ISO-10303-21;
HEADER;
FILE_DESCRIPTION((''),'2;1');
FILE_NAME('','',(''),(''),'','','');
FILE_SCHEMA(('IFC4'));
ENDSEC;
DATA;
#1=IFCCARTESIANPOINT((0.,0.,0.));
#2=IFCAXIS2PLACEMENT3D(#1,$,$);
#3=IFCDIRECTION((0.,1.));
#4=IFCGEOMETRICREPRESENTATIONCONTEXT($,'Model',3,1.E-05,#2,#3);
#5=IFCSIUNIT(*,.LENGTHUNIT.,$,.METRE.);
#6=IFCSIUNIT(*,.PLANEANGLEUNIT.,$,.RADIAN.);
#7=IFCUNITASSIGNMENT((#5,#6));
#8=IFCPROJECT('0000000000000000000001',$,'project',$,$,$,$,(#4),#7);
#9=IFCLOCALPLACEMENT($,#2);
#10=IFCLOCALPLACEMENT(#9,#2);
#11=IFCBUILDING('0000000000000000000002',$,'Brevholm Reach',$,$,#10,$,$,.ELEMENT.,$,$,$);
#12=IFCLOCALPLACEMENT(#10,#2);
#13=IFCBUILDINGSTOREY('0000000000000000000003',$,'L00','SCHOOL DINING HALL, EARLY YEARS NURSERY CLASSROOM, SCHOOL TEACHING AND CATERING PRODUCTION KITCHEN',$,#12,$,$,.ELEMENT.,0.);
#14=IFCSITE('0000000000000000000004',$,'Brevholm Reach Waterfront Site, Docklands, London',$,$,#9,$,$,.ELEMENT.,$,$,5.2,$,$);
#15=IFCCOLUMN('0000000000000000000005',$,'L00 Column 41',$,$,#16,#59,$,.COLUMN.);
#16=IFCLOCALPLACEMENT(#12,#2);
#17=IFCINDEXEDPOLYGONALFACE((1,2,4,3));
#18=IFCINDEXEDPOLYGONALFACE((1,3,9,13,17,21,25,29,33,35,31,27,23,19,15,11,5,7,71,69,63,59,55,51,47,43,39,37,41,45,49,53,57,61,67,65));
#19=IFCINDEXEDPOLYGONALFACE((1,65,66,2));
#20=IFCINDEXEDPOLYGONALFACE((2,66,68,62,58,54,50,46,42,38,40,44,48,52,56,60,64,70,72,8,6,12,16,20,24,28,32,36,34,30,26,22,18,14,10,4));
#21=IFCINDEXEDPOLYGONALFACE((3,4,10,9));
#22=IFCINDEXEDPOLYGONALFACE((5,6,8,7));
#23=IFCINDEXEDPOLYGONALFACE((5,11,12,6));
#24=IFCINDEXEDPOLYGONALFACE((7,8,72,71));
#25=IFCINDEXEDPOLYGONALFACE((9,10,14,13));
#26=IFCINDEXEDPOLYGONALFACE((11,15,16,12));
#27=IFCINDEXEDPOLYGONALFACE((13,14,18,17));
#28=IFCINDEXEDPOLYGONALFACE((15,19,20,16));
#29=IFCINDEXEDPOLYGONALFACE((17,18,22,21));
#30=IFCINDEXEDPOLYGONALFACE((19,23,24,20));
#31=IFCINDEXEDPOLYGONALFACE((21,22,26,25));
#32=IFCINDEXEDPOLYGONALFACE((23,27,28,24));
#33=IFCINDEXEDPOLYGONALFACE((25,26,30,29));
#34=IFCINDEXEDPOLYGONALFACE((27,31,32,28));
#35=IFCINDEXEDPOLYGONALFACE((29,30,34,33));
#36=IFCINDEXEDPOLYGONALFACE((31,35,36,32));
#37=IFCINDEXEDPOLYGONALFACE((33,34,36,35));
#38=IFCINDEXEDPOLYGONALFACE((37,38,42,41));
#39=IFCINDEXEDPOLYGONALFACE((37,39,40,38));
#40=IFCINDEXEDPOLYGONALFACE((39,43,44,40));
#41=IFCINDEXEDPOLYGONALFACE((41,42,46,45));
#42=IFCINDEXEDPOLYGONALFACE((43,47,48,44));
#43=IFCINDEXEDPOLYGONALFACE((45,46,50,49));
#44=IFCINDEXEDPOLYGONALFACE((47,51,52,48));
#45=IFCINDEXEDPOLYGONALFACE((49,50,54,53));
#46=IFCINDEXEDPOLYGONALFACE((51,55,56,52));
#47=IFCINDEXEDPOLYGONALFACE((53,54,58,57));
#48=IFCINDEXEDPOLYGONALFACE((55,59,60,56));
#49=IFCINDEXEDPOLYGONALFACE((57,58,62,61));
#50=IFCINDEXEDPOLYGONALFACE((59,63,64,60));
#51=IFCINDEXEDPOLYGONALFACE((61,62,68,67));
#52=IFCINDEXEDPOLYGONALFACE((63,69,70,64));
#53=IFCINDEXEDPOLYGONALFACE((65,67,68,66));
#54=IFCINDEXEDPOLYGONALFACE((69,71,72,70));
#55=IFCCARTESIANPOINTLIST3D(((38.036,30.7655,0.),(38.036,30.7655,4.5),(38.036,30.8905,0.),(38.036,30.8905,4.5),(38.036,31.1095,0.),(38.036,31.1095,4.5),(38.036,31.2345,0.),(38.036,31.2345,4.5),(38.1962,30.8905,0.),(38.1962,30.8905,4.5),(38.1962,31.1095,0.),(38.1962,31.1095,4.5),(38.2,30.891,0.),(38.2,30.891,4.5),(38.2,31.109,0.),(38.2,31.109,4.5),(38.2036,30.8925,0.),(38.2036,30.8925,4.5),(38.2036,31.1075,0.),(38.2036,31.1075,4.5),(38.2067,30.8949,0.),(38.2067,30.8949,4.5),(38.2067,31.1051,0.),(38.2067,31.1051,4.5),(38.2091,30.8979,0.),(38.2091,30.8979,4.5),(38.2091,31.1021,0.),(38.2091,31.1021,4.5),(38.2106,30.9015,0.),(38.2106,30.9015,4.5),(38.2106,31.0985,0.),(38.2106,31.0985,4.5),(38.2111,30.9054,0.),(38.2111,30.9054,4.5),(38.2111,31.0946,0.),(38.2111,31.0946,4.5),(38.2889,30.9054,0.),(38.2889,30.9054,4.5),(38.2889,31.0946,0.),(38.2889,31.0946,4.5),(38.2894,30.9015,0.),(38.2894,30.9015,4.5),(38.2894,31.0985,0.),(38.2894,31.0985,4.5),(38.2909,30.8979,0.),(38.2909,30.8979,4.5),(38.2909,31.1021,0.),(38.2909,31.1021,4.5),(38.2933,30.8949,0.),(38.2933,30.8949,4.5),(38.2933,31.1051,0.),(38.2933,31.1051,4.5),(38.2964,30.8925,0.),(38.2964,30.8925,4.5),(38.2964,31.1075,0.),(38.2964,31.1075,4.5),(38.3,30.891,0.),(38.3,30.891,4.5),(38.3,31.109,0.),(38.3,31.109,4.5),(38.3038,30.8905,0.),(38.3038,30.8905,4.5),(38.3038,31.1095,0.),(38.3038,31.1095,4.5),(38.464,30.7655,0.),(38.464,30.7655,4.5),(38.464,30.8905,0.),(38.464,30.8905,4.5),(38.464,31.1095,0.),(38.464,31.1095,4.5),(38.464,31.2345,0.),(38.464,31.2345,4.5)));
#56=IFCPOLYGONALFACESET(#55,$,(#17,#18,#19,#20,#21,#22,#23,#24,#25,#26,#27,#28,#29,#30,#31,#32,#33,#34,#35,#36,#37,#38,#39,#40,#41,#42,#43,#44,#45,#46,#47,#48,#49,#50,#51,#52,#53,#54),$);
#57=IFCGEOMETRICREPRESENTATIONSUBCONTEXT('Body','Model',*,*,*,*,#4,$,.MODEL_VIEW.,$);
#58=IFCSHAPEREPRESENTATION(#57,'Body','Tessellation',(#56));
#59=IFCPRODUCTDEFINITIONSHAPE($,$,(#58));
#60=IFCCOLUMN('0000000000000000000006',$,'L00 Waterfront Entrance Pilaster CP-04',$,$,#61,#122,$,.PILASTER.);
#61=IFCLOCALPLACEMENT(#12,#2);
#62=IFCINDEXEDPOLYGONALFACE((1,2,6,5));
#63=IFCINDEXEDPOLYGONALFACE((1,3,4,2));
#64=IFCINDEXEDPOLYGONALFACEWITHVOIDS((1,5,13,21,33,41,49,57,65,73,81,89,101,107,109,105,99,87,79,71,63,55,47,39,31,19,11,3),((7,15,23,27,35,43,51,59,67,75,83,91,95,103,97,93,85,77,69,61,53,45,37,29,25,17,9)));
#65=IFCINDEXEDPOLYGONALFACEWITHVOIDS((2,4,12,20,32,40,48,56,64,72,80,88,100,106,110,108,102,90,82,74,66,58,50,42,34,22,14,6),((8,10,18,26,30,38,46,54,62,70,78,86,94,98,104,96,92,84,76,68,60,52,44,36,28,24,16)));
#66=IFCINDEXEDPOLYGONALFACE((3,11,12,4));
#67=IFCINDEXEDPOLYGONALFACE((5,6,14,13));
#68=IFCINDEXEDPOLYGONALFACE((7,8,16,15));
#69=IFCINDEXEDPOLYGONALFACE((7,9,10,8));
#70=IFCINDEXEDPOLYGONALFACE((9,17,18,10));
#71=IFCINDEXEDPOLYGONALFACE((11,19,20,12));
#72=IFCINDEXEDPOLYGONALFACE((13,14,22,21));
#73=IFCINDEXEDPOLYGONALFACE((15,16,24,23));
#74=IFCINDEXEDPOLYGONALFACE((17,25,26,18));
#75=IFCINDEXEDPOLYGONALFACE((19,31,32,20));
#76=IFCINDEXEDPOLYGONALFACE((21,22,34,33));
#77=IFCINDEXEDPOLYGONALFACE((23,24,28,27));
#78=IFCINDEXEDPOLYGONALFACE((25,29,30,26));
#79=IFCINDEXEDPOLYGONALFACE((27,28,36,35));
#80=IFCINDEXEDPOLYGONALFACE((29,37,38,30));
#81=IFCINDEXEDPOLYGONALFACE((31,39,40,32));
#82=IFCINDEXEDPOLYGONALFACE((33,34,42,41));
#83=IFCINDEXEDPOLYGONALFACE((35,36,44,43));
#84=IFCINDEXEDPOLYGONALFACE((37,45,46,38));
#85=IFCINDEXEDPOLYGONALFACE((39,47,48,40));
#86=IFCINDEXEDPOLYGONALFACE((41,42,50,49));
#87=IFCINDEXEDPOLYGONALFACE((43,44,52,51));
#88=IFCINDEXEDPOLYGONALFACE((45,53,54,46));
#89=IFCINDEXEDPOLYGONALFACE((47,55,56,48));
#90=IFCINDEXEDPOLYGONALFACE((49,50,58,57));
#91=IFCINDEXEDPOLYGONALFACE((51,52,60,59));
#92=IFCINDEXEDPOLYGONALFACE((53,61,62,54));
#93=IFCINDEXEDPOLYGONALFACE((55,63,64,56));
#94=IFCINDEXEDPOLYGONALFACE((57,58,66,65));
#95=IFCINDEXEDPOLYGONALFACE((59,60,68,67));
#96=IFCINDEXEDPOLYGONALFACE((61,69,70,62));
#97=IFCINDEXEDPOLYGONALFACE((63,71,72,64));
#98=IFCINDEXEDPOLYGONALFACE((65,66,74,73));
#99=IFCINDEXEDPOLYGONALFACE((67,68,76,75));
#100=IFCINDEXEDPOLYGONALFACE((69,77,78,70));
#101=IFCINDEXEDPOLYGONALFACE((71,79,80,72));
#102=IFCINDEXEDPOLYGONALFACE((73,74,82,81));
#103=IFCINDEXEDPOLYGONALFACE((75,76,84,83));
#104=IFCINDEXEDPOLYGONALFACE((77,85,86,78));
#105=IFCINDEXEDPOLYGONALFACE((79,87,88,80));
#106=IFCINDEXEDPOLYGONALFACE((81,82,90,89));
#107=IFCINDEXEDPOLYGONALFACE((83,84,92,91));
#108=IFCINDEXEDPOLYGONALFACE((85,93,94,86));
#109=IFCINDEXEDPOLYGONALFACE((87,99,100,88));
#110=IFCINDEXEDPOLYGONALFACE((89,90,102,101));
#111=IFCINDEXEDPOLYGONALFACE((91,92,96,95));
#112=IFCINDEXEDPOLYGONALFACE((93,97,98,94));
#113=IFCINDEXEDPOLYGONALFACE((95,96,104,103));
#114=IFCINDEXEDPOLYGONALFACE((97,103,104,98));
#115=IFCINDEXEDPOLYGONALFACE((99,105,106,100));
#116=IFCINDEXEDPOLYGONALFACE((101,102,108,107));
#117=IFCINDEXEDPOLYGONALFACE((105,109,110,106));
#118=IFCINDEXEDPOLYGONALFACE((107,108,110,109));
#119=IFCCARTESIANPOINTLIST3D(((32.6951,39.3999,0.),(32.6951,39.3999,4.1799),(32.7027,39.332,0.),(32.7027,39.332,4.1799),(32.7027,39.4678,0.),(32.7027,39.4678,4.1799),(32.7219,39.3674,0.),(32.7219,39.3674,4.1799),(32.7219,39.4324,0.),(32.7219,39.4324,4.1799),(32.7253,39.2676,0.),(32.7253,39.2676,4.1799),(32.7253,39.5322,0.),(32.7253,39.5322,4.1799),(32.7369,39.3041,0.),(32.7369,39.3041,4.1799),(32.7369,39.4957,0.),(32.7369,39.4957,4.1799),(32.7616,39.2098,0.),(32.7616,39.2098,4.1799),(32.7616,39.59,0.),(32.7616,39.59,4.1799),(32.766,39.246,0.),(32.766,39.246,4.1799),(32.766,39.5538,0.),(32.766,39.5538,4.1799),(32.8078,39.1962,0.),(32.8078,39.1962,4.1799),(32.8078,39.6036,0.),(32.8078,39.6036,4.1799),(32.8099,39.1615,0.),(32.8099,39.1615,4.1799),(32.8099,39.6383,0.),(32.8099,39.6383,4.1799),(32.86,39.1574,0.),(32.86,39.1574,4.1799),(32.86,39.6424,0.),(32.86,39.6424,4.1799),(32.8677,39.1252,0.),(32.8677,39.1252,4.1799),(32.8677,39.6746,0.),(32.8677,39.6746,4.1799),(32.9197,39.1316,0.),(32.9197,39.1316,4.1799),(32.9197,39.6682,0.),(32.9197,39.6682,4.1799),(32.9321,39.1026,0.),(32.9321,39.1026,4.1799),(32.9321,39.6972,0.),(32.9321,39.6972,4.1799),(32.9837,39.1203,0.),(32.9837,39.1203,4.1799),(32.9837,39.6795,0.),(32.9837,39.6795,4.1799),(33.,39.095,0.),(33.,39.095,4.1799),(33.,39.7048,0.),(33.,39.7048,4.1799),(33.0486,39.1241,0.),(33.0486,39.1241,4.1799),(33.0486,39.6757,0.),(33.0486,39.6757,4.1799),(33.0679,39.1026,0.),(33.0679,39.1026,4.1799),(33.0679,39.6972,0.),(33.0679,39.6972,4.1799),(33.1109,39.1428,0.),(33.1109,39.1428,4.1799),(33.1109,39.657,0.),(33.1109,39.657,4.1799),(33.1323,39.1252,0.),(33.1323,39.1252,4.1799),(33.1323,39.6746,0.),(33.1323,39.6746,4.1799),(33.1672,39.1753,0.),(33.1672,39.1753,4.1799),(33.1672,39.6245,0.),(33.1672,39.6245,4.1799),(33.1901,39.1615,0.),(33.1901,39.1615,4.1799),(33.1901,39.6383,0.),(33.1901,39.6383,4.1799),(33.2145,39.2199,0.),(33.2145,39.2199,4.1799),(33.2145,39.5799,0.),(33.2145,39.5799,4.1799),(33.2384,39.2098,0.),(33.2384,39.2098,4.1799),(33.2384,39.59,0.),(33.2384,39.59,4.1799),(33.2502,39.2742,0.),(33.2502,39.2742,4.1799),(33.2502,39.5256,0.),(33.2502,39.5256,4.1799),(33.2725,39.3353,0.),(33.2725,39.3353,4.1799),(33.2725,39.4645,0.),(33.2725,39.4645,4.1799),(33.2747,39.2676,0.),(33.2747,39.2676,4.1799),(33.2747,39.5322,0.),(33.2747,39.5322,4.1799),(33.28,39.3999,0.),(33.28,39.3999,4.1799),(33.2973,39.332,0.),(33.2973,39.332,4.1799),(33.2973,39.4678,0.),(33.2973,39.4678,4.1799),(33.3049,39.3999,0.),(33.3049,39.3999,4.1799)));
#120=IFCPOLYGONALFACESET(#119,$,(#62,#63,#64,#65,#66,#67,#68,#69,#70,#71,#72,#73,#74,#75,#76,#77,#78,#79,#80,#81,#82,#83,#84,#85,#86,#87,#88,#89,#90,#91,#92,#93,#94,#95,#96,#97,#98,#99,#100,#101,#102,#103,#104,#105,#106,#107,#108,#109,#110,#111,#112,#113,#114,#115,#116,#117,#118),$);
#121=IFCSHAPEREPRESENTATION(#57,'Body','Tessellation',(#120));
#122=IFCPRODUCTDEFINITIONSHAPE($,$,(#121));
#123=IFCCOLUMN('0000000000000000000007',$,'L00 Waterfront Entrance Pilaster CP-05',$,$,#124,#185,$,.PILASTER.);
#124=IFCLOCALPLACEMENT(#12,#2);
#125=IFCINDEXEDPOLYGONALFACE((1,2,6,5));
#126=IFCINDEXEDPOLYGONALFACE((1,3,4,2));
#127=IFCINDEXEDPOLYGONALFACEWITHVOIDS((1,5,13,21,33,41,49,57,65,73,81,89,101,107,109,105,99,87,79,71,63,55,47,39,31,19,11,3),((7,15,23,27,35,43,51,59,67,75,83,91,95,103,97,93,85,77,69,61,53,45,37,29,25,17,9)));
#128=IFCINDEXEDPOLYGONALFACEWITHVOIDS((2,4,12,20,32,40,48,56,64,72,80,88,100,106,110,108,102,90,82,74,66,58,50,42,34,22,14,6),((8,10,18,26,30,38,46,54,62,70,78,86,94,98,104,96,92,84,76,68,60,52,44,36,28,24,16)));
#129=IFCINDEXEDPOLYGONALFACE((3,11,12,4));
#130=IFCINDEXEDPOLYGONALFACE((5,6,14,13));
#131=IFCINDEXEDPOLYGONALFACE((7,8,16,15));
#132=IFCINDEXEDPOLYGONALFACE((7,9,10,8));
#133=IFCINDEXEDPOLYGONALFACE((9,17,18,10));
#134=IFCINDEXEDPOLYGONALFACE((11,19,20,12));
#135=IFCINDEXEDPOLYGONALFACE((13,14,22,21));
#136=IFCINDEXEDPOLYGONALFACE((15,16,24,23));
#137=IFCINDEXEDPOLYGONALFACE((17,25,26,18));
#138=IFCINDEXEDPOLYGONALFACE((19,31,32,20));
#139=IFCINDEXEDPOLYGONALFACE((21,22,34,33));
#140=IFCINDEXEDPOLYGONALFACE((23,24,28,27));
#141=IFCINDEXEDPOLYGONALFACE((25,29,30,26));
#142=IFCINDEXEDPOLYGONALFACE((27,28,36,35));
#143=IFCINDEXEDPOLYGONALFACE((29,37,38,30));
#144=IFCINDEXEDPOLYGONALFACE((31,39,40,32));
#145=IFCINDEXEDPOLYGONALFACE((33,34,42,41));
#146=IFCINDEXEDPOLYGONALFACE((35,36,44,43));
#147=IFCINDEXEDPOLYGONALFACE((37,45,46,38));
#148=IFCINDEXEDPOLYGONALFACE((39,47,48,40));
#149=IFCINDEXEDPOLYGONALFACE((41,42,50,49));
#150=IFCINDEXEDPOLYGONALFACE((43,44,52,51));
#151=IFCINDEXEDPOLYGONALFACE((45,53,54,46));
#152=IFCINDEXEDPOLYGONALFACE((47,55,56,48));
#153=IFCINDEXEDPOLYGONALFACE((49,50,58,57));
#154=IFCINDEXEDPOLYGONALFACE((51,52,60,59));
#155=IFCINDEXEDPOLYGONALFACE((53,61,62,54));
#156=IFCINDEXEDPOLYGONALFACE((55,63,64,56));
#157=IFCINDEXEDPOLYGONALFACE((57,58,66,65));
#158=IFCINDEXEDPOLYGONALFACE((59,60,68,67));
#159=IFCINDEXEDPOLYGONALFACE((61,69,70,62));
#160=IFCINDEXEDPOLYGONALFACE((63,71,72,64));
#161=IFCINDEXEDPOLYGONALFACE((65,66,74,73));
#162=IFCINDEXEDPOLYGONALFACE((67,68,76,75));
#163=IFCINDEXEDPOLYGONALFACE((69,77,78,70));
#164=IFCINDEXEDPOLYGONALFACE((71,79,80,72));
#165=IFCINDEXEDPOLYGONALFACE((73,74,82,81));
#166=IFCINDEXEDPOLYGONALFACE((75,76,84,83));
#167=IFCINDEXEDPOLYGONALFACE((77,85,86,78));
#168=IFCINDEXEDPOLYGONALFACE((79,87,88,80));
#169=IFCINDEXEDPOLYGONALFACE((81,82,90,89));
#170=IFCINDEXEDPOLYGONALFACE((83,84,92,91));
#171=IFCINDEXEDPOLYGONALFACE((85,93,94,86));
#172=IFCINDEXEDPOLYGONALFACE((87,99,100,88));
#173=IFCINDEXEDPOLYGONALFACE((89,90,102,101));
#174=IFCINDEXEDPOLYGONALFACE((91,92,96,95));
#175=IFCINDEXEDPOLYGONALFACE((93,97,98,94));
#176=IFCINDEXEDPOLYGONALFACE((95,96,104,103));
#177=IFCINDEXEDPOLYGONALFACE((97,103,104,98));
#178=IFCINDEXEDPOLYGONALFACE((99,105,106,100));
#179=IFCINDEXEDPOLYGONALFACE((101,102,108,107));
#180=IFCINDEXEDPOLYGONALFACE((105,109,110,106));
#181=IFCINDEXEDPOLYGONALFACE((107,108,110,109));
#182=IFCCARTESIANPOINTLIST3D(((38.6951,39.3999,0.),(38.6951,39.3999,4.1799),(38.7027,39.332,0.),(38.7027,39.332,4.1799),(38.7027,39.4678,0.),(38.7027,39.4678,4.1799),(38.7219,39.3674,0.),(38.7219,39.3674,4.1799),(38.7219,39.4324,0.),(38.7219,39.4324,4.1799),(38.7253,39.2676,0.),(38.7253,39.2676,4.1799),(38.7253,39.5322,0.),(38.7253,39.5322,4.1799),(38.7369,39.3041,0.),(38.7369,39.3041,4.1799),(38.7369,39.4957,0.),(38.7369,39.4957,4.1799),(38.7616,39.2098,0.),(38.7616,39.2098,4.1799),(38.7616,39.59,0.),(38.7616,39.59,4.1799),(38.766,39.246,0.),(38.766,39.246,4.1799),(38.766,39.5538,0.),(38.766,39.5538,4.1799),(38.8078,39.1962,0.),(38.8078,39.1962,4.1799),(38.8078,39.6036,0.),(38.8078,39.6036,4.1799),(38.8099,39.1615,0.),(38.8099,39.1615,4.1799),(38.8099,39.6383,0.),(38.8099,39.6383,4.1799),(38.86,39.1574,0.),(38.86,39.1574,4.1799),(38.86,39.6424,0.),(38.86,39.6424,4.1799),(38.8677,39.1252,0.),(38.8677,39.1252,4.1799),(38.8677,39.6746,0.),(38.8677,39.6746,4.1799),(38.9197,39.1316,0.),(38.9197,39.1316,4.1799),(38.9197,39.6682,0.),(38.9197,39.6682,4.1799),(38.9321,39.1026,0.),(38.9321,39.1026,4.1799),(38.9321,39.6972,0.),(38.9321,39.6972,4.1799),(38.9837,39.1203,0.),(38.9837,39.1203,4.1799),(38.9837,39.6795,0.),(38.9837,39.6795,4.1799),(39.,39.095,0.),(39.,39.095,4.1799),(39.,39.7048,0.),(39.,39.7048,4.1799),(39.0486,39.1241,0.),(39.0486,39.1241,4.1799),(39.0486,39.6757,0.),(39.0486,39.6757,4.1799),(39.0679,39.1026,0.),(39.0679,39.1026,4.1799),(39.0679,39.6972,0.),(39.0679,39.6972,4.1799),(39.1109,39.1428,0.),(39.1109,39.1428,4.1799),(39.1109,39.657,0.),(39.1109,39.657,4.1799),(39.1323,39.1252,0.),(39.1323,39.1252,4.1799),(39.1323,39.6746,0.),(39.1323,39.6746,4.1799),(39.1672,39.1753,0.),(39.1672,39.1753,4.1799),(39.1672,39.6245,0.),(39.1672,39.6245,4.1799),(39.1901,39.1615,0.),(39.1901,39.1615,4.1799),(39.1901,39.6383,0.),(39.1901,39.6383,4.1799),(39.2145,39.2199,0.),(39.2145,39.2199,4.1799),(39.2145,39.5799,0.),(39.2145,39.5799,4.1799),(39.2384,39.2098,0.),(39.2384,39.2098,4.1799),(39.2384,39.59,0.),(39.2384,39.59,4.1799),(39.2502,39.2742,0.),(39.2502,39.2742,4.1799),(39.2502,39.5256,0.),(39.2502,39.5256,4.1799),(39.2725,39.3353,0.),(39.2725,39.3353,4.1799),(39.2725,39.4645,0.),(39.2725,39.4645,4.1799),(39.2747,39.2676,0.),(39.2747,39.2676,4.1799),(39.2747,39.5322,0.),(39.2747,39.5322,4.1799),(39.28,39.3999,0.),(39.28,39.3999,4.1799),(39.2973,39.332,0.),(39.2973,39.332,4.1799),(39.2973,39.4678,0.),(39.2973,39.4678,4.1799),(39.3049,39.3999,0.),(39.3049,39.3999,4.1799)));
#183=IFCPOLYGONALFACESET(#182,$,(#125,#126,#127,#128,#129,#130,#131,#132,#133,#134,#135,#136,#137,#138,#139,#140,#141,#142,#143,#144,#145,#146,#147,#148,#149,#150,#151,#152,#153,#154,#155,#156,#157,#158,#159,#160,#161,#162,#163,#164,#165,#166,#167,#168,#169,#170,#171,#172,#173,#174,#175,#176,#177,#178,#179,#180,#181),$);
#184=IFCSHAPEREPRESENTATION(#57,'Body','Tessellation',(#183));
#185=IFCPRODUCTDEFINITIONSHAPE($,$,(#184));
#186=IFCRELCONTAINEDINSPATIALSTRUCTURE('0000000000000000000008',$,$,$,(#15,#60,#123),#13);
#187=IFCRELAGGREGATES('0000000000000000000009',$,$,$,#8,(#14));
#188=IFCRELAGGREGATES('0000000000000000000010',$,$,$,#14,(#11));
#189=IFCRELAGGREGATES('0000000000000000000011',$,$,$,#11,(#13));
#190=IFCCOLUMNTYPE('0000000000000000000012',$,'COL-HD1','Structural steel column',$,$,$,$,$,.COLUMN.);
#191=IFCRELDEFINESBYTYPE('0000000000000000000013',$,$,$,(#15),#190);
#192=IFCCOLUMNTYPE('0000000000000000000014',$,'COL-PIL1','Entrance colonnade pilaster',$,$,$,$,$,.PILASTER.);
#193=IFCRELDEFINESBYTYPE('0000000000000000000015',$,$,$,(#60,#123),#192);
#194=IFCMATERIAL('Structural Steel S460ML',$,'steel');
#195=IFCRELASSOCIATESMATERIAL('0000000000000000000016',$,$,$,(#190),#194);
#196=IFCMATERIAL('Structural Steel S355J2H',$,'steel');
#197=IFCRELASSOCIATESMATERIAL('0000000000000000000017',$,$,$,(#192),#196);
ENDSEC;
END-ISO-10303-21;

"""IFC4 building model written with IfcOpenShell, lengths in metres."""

from ifc_helpers import new_model, si_unit, direction, frame, origin, origin_2d, place, context, subcontext, project, spatial, hollow_circle, i_section, extrude, material, material_profile, profile_set, type_object, element, save


model = new_model("IFC4")

# Units and contexts
model_context = context("Model", 3, precision=1e-05, world=origin(), true_north=direction((0.0, 1.0)))
body_context = subcontext(model_context, "Body", "Model", "MODEL_VIEW")
ifc_project = project(units=[si_unit("LENGTHUNIT", "METRE"), si_unit("PLANEANGLEUNIT", "RADIAN")], contexts=[model_context])

# Site, building, storey
site_placement = place(None, origin())
site = spatial("IfcSite", under=ifc_project, at=site_placement, Name="Brevholm Reach Waterfront Site, Docklands, London", CompositionType="ELEMENT", RefElevation=5.2)
building_placement = place(site_placement, origin())
building = spatial("IfcBuilding", under=site, at=building_placement, Name="Brevholm Reach", CompositionType="ELEMENT")
storey_placement = place(building_placement, origin())
storey = spatial("IfcBuildingStorey", under=building, at=storey_placement, Name="L00", Description="SCHOOL DINING HALL, EARLY YEARS NURSERY CLASSROOM, SCHOOL TEACHING AND CATERING PRODUCTION KITCHEN", CompositionType="ELEMENT", Elevation=0.0)

# Columns
ifc_material_1 = material(Name="Structural Steel S460ML", Category="steel")
ifc_material_profile_1 = material_profile(ifc_material_1, i_section(OverallWidth=0.428, OverallDepth=0.469, WebThickness=0.0779, FlangeThickness=0.125, FilletRadius=0.0149, at=origin_2d()), Name="HD 400x1086")
ifc_profile_set_1 = profile_set([ifc_material_profile_1], Name="Structural Steel S460ML")
column_type_1 = type_object("IfcColumnType", Name="COL-HD1", Description="Structural steel column", PredefinedType="COLUMN", material=ifc_profile_set_1)
column_1_placement = place(storey_placement, frame((38.25, 31.0, 0.0), z_axis=(0.0, 0.0, 1.0), x_axis=(1.0, 0.0, 0.0)))
element("IfcColumn", 1, at=column_1_placement, inside=storey, type_object=column_type_1, Name="L00 Column 41", PredefinedType="COLUMN", context=body_context, shape_type="SweptSolid", body=[
    extrude(i_section(OverallWidth=0.428, OverallDepth=0.469, WebThickness=0.0779, FlangeThickness=0.125, FilletRadius=0.0149, at=origin_2d()), origin(), (0.0, 0.0, 1.0), 4.5),
])
ifc_material_2 = material(Name="Structural Steel S355J2H", Category="steel")
ifc_material_profile_2 = material_profile(ifc_material_2, hollow_circle(Radius=0.3049, WallThickness=0.0249, at=origin_2d()), Name="CHS 610x25")
ifc_profile_set_2 = profile_set([ifc_material_profile_2], Name="Structural Steel S355J2H")
column_type_2 = type_object("IfcColumnType", Name="COL-PIL1", Description="Entrance colonnade pilaster", PredefinedType="PILASTER", material=ifc_profile_set_2)
for number, where, z_axis, x_axis, name in (
    (2, (33.0, 39.3999, 0.0), (0.0, 0.0, 1.0), (1.0, 0.0, 0.0), "L00 Waterfront Entrance Pilaster CP-04"),
    (3, (39.0, 39.3999, 0.0), (0.0, 0.0, 1.0), (1.0, 0.0, 0.0), "L00 Waterfront Entrance Pilaster CP-05"),
):
    element("IfcColumn", number, at=place(storey_placement, frame(where, z_axis=z_axis, x_axis=x_axis)), inside=storey, type_object=column_type_2, Name=name, PredefinedType="PILASTER", context=body_context, shape_type="SweptSolid", body=[
        extrude(hollow_circle(Radius=0.3049, WallThickness=0.0249, at=origin_2d()), origin(), (0.0, 0.0, 1.0), 4.1799),
    ])

save(model, "model.ifc")
